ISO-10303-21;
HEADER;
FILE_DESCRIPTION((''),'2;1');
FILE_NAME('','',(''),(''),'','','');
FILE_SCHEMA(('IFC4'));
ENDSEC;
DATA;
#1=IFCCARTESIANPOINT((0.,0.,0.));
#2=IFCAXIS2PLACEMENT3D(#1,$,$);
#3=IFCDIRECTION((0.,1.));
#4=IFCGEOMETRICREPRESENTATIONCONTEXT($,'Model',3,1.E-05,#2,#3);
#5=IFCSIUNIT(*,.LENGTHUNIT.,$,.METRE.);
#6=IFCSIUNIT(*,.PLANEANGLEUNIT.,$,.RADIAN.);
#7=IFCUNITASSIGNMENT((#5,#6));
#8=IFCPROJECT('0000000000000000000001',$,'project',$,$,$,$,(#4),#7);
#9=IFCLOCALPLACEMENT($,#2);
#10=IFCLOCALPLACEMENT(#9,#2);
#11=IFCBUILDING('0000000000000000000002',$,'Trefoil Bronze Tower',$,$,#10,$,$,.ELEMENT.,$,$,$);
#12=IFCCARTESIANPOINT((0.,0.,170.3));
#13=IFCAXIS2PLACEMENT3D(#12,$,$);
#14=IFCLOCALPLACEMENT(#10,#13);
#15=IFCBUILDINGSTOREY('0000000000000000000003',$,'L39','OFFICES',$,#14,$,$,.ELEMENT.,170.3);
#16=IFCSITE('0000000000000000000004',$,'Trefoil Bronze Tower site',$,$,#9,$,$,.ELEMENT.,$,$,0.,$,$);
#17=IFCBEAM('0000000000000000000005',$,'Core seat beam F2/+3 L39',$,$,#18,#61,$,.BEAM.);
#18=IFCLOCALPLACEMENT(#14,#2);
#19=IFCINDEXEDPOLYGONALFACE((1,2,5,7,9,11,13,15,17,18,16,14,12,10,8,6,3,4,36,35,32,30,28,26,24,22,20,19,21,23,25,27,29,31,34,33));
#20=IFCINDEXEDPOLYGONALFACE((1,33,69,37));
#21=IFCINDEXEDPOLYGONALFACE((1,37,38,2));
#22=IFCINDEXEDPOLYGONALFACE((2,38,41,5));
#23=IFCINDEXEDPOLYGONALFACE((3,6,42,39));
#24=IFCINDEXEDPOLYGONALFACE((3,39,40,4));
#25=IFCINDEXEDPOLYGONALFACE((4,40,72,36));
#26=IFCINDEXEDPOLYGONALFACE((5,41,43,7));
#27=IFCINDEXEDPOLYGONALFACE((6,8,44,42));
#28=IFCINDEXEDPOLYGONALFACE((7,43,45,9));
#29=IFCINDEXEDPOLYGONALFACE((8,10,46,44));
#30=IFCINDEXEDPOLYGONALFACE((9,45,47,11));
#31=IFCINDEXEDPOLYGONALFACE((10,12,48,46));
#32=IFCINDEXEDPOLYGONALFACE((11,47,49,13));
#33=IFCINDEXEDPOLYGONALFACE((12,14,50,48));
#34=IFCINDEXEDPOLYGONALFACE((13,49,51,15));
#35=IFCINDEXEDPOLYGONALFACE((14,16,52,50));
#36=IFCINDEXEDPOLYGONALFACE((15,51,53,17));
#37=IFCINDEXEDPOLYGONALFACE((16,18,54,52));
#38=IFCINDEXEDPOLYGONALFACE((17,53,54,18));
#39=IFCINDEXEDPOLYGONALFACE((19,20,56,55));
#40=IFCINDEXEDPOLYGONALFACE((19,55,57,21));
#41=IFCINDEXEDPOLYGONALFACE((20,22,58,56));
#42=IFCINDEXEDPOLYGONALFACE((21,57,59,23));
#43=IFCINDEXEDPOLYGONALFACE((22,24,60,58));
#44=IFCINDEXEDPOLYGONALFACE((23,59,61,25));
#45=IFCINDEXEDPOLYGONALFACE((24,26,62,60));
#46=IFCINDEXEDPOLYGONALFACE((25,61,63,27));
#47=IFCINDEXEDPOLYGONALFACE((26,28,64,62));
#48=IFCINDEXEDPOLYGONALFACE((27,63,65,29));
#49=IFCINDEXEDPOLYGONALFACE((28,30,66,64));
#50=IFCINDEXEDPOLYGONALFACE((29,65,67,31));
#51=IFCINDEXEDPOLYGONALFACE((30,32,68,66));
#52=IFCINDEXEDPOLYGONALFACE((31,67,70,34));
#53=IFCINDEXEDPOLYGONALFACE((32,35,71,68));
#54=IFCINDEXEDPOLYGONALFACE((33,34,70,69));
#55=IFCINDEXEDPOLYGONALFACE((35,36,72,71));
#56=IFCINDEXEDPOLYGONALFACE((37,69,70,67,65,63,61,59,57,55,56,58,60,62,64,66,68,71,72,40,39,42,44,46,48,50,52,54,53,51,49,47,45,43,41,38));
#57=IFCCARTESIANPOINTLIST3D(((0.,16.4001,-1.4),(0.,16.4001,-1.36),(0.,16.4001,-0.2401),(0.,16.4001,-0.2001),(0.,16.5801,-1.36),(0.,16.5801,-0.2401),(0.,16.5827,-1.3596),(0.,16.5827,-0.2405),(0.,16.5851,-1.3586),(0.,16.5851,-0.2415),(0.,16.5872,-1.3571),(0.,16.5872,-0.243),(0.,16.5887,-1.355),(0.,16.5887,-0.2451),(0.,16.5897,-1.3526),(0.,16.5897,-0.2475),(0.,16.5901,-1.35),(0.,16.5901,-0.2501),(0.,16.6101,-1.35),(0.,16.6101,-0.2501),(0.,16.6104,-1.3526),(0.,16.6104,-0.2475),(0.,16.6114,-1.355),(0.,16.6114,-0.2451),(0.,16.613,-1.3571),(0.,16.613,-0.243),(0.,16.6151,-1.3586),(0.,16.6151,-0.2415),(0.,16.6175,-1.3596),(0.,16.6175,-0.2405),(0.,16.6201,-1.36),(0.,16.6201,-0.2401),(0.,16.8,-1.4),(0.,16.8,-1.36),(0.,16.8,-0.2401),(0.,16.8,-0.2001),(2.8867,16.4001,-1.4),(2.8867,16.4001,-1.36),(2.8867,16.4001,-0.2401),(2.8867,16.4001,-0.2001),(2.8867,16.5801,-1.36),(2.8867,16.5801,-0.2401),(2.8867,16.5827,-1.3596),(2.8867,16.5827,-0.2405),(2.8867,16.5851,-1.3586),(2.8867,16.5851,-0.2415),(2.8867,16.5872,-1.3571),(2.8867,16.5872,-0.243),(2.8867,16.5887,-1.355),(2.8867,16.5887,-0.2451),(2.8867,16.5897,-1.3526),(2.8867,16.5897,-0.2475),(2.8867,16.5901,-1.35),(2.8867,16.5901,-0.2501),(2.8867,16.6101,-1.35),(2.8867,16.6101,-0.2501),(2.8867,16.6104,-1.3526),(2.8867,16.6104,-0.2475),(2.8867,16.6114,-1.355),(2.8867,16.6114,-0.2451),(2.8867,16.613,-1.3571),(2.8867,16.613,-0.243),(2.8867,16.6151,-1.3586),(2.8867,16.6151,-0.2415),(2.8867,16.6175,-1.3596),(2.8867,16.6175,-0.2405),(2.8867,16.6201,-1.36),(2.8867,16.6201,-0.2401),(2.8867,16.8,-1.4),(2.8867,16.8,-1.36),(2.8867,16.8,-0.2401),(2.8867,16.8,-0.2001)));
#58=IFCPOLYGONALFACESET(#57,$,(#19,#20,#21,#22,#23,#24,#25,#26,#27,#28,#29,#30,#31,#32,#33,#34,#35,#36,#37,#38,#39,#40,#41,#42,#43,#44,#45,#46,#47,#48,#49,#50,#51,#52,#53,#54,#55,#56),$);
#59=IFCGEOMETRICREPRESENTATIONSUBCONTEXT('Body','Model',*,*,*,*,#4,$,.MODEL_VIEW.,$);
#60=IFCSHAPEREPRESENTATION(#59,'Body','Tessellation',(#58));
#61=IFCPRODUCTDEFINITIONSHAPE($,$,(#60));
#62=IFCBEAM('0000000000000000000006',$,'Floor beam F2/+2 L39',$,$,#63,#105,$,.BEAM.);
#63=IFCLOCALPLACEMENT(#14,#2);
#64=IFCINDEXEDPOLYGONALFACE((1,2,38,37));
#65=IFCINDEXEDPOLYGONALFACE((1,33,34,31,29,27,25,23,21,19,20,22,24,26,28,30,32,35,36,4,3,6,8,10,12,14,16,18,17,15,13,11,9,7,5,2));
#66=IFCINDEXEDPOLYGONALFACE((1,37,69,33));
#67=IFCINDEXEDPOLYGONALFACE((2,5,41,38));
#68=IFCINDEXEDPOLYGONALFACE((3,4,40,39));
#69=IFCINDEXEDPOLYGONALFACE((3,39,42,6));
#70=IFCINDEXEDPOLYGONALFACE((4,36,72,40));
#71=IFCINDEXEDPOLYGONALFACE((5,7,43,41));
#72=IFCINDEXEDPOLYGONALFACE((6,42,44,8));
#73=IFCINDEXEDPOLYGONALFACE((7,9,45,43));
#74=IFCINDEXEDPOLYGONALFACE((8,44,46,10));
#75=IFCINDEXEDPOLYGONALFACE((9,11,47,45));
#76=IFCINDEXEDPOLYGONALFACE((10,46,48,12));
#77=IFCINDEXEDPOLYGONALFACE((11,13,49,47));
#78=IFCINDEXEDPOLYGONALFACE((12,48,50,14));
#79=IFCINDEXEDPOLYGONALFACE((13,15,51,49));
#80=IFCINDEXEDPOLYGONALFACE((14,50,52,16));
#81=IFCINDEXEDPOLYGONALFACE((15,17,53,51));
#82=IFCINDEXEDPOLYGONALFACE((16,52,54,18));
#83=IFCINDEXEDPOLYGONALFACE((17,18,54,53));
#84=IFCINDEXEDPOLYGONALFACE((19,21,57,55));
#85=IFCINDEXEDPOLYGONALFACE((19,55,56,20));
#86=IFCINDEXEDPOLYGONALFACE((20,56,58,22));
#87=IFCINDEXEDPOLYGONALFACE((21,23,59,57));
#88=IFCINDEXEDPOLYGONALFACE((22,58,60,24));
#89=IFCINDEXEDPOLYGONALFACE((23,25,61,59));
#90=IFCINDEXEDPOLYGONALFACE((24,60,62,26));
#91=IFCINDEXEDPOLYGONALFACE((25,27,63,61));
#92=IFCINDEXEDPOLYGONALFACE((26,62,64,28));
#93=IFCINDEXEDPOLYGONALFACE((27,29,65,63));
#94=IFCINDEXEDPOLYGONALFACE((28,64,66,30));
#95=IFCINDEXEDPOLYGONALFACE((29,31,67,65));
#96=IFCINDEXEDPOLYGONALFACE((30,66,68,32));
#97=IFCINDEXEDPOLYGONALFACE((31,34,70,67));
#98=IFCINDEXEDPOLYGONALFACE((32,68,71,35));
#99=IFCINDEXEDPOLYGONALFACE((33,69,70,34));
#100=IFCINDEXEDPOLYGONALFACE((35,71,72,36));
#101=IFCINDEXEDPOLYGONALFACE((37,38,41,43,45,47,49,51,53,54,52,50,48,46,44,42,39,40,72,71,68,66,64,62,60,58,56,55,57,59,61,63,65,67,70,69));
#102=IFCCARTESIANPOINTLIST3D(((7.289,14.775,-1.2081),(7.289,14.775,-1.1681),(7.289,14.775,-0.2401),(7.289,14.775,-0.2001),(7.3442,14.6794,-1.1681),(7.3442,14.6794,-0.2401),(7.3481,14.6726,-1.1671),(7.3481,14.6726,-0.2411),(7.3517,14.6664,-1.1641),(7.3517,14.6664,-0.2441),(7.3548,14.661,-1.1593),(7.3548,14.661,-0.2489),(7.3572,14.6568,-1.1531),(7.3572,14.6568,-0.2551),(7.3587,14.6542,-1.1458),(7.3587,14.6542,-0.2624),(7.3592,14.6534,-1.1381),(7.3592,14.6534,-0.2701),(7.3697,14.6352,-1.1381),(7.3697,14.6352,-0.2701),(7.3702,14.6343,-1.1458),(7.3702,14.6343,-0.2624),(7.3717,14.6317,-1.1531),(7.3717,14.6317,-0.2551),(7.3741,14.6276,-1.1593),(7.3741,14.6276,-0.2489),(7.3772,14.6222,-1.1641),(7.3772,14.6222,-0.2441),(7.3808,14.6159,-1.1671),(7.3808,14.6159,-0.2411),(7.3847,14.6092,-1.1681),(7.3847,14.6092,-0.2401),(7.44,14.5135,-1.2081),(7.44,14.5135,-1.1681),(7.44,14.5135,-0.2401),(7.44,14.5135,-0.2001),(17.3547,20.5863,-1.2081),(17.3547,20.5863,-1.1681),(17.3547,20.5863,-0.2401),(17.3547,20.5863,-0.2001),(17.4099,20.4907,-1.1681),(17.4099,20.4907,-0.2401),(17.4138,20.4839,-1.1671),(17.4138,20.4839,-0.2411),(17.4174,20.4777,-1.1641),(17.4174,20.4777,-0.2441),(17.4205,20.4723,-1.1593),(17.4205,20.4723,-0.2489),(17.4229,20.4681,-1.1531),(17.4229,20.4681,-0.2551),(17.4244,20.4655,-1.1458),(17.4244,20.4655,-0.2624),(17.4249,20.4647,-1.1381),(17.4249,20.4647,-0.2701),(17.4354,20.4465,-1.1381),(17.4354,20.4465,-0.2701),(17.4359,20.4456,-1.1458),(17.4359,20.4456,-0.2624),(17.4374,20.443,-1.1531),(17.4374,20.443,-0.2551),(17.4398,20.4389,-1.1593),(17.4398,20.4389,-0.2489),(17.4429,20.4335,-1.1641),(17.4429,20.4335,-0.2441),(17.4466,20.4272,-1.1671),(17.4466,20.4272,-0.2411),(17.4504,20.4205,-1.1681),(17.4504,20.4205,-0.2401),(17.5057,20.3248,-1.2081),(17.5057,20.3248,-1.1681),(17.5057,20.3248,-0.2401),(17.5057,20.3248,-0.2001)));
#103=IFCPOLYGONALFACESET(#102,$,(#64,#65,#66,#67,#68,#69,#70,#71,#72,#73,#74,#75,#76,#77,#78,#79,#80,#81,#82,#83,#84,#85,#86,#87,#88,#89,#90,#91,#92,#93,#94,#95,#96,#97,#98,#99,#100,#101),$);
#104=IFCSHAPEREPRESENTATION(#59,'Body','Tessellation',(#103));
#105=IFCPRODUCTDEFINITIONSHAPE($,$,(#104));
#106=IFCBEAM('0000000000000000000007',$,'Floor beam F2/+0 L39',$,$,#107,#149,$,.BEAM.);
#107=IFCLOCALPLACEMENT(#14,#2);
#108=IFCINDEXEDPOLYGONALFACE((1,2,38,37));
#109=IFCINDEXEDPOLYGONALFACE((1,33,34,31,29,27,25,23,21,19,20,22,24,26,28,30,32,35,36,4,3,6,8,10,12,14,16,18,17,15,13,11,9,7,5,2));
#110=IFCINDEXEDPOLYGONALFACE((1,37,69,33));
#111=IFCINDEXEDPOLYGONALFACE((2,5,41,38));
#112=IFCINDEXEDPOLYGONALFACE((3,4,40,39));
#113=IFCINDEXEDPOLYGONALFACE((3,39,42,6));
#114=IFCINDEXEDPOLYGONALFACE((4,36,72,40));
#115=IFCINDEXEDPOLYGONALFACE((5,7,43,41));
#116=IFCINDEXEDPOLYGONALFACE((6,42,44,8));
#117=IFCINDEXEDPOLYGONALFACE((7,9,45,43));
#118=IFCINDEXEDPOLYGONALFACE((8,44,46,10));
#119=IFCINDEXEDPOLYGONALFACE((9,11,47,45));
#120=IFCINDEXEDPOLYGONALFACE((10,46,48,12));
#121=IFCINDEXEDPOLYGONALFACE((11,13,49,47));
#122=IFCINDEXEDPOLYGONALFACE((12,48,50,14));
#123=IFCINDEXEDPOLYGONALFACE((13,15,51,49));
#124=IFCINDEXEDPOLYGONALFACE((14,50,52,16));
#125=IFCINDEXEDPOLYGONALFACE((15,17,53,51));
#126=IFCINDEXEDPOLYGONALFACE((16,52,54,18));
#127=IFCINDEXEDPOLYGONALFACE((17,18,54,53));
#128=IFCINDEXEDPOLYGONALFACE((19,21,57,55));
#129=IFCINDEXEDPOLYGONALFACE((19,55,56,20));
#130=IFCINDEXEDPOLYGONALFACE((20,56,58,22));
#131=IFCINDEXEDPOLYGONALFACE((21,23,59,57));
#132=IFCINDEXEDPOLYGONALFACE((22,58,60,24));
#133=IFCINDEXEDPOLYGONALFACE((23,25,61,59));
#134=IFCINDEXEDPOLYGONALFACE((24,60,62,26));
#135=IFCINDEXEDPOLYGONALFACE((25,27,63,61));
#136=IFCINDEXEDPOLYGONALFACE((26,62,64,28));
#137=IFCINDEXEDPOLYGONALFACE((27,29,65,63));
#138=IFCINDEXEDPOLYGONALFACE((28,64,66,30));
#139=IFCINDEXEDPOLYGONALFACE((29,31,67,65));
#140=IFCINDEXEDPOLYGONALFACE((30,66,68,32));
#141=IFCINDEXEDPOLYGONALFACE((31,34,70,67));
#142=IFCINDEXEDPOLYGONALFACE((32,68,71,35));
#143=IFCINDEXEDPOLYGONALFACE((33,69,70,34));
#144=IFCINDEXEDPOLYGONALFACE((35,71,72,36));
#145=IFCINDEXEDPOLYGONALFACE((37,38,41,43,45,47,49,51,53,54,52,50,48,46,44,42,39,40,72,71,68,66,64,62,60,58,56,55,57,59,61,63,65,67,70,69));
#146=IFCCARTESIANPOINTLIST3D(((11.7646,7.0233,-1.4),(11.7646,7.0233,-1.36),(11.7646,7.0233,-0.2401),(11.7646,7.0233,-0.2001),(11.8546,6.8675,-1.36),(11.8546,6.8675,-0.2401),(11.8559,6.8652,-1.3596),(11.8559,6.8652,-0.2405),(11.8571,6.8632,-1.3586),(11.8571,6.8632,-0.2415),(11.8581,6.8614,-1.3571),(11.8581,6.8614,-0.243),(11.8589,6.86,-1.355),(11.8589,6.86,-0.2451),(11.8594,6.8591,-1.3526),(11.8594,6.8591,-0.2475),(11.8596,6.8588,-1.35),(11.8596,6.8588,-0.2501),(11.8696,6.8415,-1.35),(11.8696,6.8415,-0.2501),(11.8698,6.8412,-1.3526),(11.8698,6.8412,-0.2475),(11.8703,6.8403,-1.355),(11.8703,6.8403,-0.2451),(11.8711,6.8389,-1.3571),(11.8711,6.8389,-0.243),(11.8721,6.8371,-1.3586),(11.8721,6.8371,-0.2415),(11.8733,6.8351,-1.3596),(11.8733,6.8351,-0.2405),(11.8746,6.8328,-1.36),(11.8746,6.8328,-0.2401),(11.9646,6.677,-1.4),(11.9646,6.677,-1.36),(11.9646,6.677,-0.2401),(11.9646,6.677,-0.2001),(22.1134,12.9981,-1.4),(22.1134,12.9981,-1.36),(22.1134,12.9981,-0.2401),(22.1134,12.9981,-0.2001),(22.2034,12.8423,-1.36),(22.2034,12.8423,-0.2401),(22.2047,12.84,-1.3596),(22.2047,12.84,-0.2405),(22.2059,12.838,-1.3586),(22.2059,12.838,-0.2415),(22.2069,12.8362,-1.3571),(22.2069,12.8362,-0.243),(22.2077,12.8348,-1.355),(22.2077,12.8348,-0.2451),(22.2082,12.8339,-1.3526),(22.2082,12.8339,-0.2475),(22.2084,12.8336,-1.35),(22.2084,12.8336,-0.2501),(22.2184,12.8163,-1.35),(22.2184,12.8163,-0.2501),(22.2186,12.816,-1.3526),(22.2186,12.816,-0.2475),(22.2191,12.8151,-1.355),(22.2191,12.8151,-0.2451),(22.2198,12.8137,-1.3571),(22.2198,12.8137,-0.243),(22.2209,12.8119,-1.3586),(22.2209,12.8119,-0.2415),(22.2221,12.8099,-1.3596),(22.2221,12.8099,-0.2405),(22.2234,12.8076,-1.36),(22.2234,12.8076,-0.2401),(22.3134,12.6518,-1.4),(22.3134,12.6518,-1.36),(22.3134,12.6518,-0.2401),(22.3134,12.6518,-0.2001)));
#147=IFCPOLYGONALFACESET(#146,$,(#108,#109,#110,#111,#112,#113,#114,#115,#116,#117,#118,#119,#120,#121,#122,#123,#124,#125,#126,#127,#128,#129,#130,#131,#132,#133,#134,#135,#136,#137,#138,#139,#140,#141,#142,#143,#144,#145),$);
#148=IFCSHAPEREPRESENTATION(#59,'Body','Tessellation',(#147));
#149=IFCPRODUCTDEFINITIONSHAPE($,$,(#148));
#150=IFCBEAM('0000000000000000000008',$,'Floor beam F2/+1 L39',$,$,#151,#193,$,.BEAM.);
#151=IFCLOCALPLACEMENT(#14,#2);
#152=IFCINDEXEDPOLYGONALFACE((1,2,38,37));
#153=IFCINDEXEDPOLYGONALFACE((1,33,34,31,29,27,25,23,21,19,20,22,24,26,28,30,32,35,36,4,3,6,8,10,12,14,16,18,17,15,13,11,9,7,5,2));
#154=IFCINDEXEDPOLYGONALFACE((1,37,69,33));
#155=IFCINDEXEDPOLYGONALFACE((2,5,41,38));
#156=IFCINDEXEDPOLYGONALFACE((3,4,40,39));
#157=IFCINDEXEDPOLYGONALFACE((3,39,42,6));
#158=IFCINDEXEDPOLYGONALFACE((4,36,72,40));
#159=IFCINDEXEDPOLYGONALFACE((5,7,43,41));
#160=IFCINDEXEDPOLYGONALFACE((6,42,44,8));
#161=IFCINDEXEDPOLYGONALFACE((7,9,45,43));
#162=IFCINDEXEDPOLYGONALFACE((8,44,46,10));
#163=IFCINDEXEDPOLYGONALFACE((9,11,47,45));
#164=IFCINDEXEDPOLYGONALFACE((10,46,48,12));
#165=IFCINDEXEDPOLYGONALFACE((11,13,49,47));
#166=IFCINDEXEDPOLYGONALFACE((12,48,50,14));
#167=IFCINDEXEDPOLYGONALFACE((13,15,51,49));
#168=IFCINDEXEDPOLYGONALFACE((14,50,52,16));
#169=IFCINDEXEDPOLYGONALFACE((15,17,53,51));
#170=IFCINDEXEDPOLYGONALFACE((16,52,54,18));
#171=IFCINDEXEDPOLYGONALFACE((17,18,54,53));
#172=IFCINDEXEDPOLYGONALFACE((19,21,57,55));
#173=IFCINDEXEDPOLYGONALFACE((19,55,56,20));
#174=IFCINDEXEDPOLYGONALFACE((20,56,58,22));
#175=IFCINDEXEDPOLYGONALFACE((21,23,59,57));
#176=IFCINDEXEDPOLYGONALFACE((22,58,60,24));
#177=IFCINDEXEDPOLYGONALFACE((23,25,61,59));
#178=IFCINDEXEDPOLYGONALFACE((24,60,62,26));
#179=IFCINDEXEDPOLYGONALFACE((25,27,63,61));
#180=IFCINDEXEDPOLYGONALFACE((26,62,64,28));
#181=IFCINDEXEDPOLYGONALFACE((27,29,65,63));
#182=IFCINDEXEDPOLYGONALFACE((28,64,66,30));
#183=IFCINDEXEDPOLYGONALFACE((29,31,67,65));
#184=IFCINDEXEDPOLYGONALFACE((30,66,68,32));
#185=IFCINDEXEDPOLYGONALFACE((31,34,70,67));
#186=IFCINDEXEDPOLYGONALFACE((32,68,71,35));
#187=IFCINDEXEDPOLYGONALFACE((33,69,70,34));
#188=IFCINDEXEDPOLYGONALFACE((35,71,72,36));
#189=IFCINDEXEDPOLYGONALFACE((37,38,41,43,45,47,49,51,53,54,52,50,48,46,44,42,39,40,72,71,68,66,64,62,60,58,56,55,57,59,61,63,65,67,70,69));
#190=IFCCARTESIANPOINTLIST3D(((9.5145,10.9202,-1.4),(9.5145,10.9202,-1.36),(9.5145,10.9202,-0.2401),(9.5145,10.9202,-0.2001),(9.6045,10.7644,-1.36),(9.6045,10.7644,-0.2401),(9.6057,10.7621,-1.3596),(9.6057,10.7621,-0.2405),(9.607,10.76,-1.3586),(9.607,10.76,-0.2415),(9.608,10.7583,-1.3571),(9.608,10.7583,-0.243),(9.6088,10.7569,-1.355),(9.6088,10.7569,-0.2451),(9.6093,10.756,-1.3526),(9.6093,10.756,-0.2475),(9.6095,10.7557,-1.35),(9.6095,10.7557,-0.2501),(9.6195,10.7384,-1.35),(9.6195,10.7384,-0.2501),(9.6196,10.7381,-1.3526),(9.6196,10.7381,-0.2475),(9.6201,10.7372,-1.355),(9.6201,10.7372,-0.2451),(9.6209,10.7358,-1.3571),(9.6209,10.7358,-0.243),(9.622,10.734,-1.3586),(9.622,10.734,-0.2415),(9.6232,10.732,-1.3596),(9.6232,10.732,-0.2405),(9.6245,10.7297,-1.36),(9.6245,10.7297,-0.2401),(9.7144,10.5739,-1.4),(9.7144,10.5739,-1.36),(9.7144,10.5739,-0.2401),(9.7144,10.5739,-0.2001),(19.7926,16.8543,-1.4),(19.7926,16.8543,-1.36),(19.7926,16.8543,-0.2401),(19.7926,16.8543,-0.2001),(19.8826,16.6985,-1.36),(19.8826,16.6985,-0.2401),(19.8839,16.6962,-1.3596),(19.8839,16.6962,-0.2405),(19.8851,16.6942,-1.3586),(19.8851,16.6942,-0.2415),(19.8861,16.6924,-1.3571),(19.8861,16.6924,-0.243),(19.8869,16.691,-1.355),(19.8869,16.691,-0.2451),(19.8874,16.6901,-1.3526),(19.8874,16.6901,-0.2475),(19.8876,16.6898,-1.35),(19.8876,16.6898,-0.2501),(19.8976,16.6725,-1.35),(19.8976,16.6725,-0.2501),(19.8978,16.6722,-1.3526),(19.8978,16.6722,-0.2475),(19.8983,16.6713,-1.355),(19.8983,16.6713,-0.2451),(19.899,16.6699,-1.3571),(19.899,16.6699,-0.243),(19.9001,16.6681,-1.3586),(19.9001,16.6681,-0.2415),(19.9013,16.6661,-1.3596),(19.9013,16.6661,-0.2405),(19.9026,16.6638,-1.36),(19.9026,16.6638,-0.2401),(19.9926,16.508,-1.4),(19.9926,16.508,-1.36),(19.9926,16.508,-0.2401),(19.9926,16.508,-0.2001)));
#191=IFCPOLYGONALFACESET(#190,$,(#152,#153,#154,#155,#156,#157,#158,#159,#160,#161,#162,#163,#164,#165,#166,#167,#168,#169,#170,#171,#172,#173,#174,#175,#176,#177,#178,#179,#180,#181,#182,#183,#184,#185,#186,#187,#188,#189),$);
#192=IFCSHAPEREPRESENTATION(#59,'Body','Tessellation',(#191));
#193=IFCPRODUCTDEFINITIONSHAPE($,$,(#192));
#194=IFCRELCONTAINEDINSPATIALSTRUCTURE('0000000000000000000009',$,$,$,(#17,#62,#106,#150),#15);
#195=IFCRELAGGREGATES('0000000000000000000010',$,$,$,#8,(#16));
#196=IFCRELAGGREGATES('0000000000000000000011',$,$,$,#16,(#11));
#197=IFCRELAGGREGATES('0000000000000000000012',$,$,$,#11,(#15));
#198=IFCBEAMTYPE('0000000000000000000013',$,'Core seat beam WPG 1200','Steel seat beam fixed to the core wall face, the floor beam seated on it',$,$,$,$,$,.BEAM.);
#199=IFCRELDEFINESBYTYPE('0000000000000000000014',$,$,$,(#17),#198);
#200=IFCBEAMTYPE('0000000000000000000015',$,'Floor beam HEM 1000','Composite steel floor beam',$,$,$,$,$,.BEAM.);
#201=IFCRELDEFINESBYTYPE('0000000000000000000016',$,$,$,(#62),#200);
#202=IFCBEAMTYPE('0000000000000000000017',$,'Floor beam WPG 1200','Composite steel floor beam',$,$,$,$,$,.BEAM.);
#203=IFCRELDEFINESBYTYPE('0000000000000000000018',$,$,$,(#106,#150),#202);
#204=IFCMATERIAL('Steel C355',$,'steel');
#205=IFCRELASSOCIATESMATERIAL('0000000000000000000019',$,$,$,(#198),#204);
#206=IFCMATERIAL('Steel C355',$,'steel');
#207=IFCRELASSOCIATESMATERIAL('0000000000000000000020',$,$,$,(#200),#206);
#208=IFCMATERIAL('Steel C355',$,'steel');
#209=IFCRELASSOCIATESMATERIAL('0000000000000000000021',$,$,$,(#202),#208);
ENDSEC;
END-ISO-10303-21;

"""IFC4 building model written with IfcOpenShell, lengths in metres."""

from ifc_helpers import new_model, si_unit, direction, frame, origin, origin_2d, place, context, subcontext, project, spatial, i_section, extrude, material, material_profile, profile_set, type_object, element, save


model = new_model("IFC4")

# Units and contexts
model_context = context("Model", 3, precision=1e-05, world=origin(), true_north=direction((0.0, 1.0)))
body_context = subcontext(model_context, "Body", "Model", "MODEL_VIEW")
ifc_project = project(units=[si_unit("LENGTHUNIT", "METRE"), si_unit("PLANEANGLEUNIT", "RADIAN")], contexts=[model_context])

# Site, building, storey
site_placement = place(None, origin())
site = spatial("IfcSite", under=ifc_project, at=site_placement, Name="Trefoil Bronze Tower site", CompositionType="ELEMENT", RefElevation=0.0)
building_placement = place(site_placement, origin())
building = spatial("IfcBuilding", under=site, at=building_placement, Name="Trefoil Bronze Tower", CompositionType="ELEMENT")
storey_placement = place(building_placement, frame((0.0, 0.0, 170.3)))
storey = spatial("IfcBuildingStorey", under=building, at=storey_placement, Name="L39", Description="OFFICES", CompositionType="ELEMENT", Elevation=170.3)

# Beams
ifc_material_1 = material(Name="Steel C355", Category="steel")
ifc_material_profile_1 = material_profile(ifc_material_1, i_section(OverallWidth=0.3999, OverallDepth=1.2, WebThickness=0.02, FlangeThickness=0.04, FilletRadius=0.01, at=origin_2d()), Name="WPG 1200")
ifc_profile_set_1 = profile_set([ifc_material_profile_1], Name="Steel C355")
beam_type_1 = type_object("IfcBeamType", Name="Core seat beam WPG 1200", Description="Steel seat beam fixed to the core wall face, the floor beam seated on it", PredefinedType="BEAM", material=ifc_profile_set_1)
beam_1_placement = place(storey_placement, frame((2.8867, 16.6001, -0.8), z_axis=(-1.0, 0.0, 0.0), x_axis=(0.0, -1.0, 0.0)))
element("IfcBeam", 1, at=beam_1_placement, inside=storey, type_object=beam_type_1, Name="Core seat beam F2/+3 L39", PredefinedType="BEAM", context=body_context, shape_type="SweptSolid", body=[
    extrude(i_section(OverallWidth=0.3999, OverallDepth=1.2, WebThickness=0.02, FlangeThickness=0.04, FilletRadius=0.01, at=origin_2d()), origin(), (0.0, 0.0, 1.0), 2.8867),
])
ifc_material_2 = material(Name="Steel C355", Category="steel")
ifc_material_profile_2 = material_profile(ifc_material_2, i_section(OverallWidth=0.302, OverallDepth=1.0081, WebThickness=0.021, FlangeThickness=0.04, FilletRadius=0.03, at=origin_2d()), Name="HEM 1000")
ifc_profile_set_2 = profile_set([ifc_material_profile_2], Name="Steel C355")
beam_type_2 = type_object("IfcBeamType", Name="Floor beam HEM 1000", Description="Composite steel floor beam", PredefinedType="BEAM", material=ifc_profile_set_2)
beam_2_placement = place(storey_placement, frame((17.4302, 20.4556, -0.7041), z_axis=(-0.866031, -0.499991, 0.0), x_axis=(0.499991, -0.866031, 0.0)))
element("IfcBeam", 2, at=beam_2_placement, inside=storey, type_object=beam_type_2, Name="Floor beam F2/+2 L39", PredefinedType="BEAM", context=body_context, shape_type="SweptSolid", body=[
    extrude(i_section(OverallWidth=0.302, OverallDepth=1.0081, WebThickness=0.021, FlangeThickness=0.04, FilletRadius=0.03, at=origin_2d()), origin(), (0.0, 0.0, 1.0), 11.6228),
])
ifc_material_3 = material(Name="Steel C355", Category="steel")
ifc_material_profile_3 = material_profile(ifc_material_3, i_section(OverallWidth=0.3999, OverallDepth=1.2, WebThickness=0.02, FlangeThickness=0.04, FilletRadius=0.01, at=origin_2d()), Name="WPG 1200")
ifc_profile_set_3 = profile_set([ifc_material_profile_3], Name="Steel C355")
beam_type_3 = type_object("IfcBeamType", Name="Floor beam WPG 1200", Description="Composite steel floor beam", PredefinedType="BEAM", material=ifc_profile_set_3)
beam_3_placement = place(storey_placement, frame((22.2134, 12.825, -0.8), z_axis=(-0.866028, -0.499995, 0.0), x_axis=(0.499995, -0.866028, 0.0)))
element("IfcBeam", 3, at=beam_3_placement, inside=storey, type_object=beam_type_3, Name="Floor beam F2/+0 L39", PredefinedType="BEAM", context=body_context, shape_type="SweptSolid", body=[
    extrude(i_section(OverallWidth=0.3999, OverallDepth=1.2, WebThickness=0.02, FlangeThickness=0.04, FilletRadius=0.01, at=origin_2d()), origin(), (0.0, 0.0, 1.0), 11.9497),
])
beam_4_placement = place(storey_placement, frame((19.8926, 16.6812, -0.8), z_axis=(-0.866024, -0.500002, 0.0), x_axis=(0.500002, -0.866024, 0.0)))
element("IfcBeam", 4, at=beam_4_placement, inside=storey, type_object=beam_type_3, Name="Floor beam F2/+1 L39", PredefinedType="BEAM", context=body_context, shape_type="SweptSolid", body=[
    extrude(i_section(OverallWidth=0.3999, OverallDepth=1.2, WebThickness=0.02, FlangeThickness=0.04, FilletRadius=0.01, at=origin_2d()), origin(), (0.0, 0.0, 1.0), 11.8682),
])

save(model, "model.ifc")
